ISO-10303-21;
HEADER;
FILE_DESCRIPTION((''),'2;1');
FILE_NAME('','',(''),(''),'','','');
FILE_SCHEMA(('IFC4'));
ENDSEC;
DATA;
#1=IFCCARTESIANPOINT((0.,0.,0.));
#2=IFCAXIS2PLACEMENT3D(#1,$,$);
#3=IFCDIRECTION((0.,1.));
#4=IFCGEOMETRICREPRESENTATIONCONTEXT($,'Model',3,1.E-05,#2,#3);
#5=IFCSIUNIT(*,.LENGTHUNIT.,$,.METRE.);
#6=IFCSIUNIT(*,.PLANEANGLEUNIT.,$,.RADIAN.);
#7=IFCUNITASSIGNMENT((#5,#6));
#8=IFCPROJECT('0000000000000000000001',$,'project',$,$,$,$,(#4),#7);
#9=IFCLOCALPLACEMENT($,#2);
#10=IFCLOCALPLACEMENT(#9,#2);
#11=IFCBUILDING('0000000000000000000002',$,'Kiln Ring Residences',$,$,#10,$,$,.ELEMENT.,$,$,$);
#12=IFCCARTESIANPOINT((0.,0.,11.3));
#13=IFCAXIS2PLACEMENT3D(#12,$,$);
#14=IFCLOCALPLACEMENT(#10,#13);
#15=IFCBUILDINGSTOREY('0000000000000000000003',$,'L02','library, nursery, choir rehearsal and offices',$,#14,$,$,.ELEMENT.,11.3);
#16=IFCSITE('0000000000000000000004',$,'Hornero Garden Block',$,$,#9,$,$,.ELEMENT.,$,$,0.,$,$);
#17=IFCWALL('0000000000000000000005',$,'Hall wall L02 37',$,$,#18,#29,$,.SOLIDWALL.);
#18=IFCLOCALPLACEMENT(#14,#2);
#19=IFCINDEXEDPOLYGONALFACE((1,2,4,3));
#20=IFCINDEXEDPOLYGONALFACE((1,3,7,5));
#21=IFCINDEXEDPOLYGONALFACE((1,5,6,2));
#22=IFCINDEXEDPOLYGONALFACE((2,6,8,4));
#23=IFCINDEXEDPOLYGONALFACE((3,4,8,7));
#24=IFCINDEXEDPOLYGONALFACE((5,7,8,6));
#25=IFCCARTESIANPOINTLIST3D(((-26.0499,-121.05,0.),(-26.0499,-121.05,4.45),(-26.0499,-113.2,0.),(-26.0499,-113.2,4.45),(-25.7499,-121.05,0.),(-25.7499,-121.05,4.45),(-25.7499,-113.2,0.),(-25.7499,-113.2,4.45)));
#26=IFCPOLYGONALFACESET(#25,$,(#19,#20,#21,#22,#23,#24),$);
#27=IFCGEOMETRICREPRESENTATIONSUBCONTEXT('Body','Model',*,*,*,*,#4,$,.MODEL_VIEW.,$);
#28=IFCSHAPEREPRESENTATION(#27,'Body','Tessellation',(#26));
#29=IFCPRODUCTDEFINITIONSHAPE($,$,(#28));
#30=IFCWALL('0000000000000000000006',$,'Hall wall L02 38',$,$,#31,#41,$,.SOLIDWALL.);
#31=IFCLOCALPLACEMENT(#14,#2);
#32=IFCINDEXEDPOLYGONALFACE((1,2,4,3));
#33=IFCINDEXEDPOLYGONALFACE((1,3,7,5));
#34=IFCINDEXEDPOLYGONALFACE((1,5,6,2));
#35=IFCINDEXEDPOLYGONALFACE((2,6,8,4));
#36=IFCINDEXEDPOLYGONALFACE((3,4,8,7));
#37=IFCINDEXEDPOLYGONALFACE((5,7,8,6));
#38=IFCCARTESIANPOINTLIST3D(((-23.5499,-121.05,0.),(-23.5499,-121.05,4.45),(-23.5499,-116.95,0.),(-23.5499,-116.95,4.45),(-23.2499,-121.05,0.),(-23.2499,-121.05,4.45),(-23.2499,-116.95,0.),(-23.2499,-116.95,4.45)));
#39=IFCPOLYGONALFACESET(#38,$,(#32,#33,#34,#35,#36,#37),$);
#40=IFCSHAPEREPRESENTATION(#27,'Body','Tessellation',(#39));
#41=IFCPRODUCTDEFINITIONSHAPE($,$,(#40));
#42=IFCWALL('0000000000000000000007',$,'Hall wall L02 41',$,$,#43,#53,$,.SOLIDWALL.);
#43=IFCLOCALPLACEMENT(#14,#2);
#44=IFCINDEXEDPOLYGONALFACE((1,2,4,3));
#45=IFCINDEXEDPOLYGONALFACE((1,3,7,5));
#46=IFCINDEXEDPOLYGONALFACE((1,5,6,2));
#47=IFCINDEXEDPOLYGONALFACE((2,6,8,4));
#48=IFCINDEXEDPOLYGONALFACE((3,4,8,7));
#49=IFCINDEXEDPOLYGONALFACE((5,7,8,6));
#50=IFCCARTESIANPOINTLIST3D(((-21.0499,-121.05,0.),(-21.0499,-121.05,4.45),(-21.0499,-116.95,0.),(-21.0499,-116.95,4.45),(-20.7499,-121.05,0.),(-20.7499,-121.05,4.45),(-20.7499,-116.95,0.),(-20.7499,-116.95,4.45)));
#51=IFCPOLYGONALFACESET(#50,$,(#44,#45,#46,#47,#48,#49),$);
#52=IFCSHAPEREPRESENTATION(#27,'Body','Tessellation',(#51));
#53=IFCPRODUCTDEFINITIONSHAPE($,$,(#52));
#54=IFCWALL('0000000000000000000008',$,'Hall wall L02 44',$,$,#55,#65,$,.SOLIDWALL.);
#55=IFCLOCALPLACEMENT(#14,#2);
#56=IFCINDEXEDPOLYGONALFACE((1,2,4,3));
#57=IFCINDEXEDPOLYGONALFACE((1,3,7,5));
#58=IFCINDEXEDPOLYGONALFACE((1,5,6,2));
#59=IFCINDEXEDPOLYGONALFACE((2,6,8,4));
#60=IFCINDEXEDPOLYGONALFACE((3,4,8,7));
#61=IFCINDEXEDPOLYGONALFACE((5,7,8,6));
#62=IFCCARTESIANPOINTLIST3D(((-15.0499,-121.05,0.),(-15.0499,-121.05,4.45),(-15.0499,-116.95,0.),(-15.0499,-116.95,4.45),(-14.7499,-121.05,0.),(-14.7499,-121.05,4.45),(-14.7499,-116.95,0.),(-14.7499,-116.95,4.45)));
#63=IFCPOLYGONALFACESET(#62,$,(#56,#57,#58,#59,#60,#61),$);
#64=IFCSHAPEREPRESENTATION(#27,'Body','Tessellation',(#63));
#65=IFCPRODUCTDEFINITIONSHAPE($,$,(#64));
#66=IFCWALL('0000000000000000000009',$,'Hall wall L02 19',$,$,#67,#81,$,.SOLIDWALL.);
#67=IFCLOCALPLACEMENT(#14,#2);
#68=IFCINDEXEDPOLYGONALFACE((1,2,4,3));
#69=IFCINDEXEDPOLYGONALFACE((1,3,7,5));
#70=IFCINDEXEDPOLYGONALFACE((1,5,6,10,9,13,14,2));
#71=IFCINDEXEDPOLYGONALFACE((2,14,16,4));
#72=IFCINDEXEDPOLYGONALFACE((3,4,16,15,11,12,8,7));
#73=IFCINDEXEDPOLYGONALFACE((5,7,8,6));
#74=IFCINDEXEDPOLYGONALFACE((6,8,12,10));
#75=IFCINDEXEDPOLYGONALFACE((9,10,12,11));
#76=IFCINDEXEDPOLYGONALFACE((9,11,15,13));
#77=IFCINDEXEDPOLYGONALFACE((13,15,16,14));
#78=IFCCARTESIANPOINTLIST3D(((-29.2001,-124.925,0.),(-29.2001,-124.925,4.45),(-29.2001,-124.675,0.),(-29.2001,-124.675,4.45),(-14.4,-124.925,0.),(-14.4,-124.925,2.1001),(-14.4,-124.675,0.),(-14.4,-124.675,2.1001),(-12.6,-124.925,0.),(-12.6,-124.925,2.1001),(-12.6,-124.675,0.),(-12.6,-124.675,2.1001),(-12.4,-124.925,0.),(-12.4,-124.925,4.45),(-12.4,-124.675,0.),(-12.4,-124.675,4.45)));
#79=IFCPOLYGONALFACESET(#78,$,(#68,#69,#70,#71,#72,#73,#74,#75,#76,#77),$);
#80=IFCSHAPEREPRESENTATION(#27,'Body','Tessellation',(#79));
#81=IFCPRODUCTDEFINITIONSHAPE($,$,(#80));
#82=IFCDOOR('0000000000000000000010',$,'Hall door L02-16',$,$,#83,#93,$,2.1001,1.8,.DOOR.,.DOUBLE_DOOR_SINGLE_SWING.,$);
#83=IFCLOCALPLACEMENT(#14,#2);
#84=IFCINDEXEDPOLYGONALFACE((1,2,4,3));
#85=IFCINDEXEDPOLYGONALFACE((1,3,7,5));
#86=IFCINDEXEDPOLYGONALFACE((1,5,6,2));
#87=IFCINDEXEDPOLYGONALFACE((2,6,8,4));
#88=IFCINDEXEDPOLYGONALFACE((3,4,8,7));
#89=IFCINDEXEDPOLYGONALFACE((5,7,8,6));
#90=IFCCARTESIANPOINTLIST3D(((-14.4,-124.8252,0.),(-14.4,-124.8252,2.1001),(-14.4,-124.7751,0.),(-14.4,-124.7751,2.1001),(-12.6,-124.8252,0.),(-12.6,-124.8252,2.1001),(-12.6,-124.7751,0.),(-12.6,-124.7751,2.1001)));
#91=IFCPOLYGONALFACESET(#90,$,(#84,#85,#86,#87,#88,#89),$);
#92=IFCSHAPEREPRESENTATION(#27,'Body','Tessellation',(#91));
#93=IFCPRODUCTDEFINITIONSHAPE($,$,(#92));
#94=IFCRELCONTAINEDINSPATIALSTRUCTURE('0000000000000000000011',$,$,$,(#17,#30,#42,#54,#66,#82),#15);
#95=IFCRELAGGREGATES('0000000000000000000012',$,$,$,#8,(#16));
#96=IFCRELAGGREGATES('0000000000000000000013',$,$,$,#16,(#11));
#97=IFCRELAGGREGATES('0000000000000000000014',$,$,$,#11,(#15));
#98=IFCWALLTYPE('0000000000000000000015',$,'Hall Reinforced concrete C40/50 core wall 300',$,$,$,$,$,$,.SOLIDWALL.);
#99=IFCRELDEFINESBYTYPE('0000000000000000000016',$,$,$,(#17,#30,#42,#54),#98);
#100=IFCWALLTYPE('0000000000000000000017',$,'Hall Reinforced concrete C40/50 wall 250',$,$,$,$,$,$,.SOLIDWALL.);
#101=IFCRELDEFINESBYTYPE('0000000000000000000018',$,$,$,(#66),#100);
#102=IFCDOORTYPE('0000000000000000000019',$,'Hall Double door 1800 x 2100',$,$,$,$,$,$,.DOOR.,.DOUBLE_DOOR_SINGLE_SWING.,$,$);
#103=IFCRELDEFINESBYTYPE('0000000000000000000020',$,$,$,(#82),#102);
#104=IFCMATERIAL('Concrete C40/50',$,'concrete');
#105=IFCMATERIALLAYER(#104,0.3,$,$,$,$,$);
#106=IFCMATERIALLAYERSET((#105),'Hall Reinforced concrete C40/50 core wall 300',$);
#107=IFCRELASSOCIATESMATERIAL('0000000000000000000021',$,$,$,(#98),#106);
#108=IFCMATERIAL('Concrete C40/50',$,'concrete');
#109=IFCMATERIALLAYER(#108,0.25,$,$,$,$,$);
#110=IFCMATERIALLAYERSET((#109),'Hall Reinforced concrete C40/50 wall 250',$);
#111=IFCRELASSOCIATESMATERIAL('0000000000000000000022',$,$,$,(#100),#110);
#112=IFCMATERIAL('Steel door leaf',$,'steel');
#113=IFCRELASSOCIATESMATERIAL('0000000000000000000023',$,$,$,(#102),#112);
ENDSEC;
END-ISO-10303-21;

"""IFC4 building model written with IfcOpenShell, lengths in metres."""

from ifc_helpers import new_model, si_unit, direction, frame, frame_2d, origin, place, context, subcontext, project, spatial, rectangle, extrude, material, layer, layer_set, type_object, element, fill, save


model = new_model("IFC4")

# Units and contexts
model_context = context("Model", 3, precision=1e-05, world=origin(), true_north=direction((0.0, 1.0)))
body_context = subcontext(model_context, "Body", "Model", "MODEL_VIEW")
ifc_project = project(units=[si_unit("LENGTHUNIT", "METRE"), si_unit("PLANEANGLEUNIT", "RADIAN")], contexts=[model_context])

# Site, building, storey
site_placement = place(None, origin())
site = spatial("IfcSite", under=ifc_project, at=site_placement, Name="Hornero Garden Block", CompositionType="ELEMENT", RefElevation=0.0)
building_placement = place(site_placement, origin())
building = spatial("IfcBuilding", under=site, at=building_placement, Name="Kiln Ring Residences", CompositionType="ELEMENT")
storey_placement = place(building_placement, frame((0.0, 0.0, 11.3)))
storey = spatial("IfcBuildingStorey", under=building, at=storey_placement, Name="L02", Description="library, nursery, choir rehearsal and offices", CompositionType="ELEMENT", Elevation=11.3)

# Shared definitions
ifc_material_1 = material(Name="Concrete C40/50", Category="concrete")
ifc_layer_1 = layer(ifc_material_1, 0.3)
ifc_layer_set_1 = layer_set([ifc_layer_1], Name="Hall Reinforced concrete C40/50 core wall 300")
wall_type_1 = type_object("IfcWallType", Name="Hall Reinforced concrete C40/50 core wall 300", PredefinedType="SOLIDWALL", material=ifc_layer_set_1)

# Walls
wall_1_placement = place(storey_placement, frame((-25.8999, -121.05, 0.0), z_axis=(0.0, 0.0, 1.0), x_axis=(0.0, 1.0, 0.0)))
element("IfcWall", 1, at=wall_1_placement, inside=storey, type_object=wall_type_1, Name="Hall wall L02 37", PredefinedType="SOLIDWALL", context=body_context, shape_type="SweptSolid", body=[
    extrude(rectangle(XDim=7.8501, YDim=0.3, at=frame_2d((3.925, 0.0))), origin(), (0.0, 0.0, 1.0), 4.45),
])
for number, where, z_axis, x_axis, name in (
    (2, (-23.3999, -121.05, 0.0), (0.0, 0.0, 1.0), (0.0, 1.0, 0.0), "Hall wall L02 38"),
    (3, (-20.8999, -121.05, 0.0), (0.0, 0.0, 1.0), (0.0, 1.0, 0.0), "Hall wall L02 41"),
    (4, (-14.8999, -121.05, 0.0), (0.0, 0.0, 1.0), (0.0, 1.0, 0.0), "Hall wall L02 44"),
):
    element("IfcWall", number, at=place(storey_placement, frame(where, z_axis=z_axis, x_axis=x_axis)), inside=storey, type_object=wall_type_1, Name=name, PredefinedType="SOLIDWALL", context=body_context, shape_type="SweptSolid", body=[
        extrude(rectangle(XDim=4.1001, YDim=0.3, at=frame_2d((2.05, 0.0))), origin(), (0.0, 0.0, 1.0), 4.45),
    ])

# Wall, opening, door
ifc_material_2 = material(Name="Concrete C40/50", Category="concrete")
ifc_layer_2 = layer(ifc_material_2, 0.25)
ifc_layer_set_2 = layer_set([ifc_layer_2], Name="Hall Reinforced concrete C40/50 wall 250")
wall_type_2 = type_object("IfcWallType", Name="Hall Reinforced concrete C40/50 wall 250", PredefinedType="SOLIDWALL", material=ifc_layer_set_2)
wall_2_placement = place(storey_placement, frame((-29.2, -124.8, 0.0), z_axis=(0.0, 0.0, 1.0), x_axis=(1.0, 0.0, 0.0)))
wall_2 = element("IfcWall", 5, at=wall_2_placement, inside=storey, type_object=wall_type_2, Name="Hall wall L02 19", PredefinedType="SOLIDWALL", context=body_context, shape_type="SweptSolid", body=[
    extrude(rectangle(XDim=16.8, YDim=0.25, at=frame_2d((8.3999, 0.0))), origin(), (0.0, 0.0, 1.0), 4.45),
])
opening_1_placement = place(wall_2_placement, frame((14.8, 0.0, 0.0)))
opening_1 = element("IfcOpeningElement", 6, at=opening_1_placement, cuts=wall_2, PredefinedType="OPENING", context=body_context, shape_type="SweptSolid", body=[
    extrude(rectangle(XDim=1.8, YDim=2.1001, at=frame_2d((0.8999, 1.05))), frame((0.0, 0.135, 0.0), z_axis=(0.0, -1.0, 0.0), x_axis=(1.0, 0.0, 0.0)), (0.0, 0.0, 1.0), 0.27),
])
ifc_material_3 = material(Name="Steel door leaf", Category="steel")
door_type_1 = type_object("IfcDoorType", Name="Hall Double door 1800 x 2100", OperationType="DOUBLE_DOOR_SINGLE_SWING", PredefinedType="DOOR", material=ifc_material_3)
door_1_placement = place(opening_1_placement, origin())
door_1 = element("IfcDoor", 7, at=door_1_placement, inside=storey, type_object=door_type_1, Name="Hall door L02-16", OperationType="DOUBLE_DOOR_SINGLE_SWING", OverallHeight=2.1001, OverallWidth=1.8, PredefinedType="DOOR", context=body_context, shape_type="SweptSolid", body=[
    extrude(rectangle(XDim=1.8, YDim=2.1001, at=frame_2d((0.8999, 1.05))), frame((0.0, 0.0249, 0.0), z_axis=(0.0, -1.0, 0.0), x_axis=(1.0, 0.0, 0.0)), (0.0, 0.0, 1.0), 0.05),
])
fill(opening_1, door_1)

save(model, "model.ifc")
